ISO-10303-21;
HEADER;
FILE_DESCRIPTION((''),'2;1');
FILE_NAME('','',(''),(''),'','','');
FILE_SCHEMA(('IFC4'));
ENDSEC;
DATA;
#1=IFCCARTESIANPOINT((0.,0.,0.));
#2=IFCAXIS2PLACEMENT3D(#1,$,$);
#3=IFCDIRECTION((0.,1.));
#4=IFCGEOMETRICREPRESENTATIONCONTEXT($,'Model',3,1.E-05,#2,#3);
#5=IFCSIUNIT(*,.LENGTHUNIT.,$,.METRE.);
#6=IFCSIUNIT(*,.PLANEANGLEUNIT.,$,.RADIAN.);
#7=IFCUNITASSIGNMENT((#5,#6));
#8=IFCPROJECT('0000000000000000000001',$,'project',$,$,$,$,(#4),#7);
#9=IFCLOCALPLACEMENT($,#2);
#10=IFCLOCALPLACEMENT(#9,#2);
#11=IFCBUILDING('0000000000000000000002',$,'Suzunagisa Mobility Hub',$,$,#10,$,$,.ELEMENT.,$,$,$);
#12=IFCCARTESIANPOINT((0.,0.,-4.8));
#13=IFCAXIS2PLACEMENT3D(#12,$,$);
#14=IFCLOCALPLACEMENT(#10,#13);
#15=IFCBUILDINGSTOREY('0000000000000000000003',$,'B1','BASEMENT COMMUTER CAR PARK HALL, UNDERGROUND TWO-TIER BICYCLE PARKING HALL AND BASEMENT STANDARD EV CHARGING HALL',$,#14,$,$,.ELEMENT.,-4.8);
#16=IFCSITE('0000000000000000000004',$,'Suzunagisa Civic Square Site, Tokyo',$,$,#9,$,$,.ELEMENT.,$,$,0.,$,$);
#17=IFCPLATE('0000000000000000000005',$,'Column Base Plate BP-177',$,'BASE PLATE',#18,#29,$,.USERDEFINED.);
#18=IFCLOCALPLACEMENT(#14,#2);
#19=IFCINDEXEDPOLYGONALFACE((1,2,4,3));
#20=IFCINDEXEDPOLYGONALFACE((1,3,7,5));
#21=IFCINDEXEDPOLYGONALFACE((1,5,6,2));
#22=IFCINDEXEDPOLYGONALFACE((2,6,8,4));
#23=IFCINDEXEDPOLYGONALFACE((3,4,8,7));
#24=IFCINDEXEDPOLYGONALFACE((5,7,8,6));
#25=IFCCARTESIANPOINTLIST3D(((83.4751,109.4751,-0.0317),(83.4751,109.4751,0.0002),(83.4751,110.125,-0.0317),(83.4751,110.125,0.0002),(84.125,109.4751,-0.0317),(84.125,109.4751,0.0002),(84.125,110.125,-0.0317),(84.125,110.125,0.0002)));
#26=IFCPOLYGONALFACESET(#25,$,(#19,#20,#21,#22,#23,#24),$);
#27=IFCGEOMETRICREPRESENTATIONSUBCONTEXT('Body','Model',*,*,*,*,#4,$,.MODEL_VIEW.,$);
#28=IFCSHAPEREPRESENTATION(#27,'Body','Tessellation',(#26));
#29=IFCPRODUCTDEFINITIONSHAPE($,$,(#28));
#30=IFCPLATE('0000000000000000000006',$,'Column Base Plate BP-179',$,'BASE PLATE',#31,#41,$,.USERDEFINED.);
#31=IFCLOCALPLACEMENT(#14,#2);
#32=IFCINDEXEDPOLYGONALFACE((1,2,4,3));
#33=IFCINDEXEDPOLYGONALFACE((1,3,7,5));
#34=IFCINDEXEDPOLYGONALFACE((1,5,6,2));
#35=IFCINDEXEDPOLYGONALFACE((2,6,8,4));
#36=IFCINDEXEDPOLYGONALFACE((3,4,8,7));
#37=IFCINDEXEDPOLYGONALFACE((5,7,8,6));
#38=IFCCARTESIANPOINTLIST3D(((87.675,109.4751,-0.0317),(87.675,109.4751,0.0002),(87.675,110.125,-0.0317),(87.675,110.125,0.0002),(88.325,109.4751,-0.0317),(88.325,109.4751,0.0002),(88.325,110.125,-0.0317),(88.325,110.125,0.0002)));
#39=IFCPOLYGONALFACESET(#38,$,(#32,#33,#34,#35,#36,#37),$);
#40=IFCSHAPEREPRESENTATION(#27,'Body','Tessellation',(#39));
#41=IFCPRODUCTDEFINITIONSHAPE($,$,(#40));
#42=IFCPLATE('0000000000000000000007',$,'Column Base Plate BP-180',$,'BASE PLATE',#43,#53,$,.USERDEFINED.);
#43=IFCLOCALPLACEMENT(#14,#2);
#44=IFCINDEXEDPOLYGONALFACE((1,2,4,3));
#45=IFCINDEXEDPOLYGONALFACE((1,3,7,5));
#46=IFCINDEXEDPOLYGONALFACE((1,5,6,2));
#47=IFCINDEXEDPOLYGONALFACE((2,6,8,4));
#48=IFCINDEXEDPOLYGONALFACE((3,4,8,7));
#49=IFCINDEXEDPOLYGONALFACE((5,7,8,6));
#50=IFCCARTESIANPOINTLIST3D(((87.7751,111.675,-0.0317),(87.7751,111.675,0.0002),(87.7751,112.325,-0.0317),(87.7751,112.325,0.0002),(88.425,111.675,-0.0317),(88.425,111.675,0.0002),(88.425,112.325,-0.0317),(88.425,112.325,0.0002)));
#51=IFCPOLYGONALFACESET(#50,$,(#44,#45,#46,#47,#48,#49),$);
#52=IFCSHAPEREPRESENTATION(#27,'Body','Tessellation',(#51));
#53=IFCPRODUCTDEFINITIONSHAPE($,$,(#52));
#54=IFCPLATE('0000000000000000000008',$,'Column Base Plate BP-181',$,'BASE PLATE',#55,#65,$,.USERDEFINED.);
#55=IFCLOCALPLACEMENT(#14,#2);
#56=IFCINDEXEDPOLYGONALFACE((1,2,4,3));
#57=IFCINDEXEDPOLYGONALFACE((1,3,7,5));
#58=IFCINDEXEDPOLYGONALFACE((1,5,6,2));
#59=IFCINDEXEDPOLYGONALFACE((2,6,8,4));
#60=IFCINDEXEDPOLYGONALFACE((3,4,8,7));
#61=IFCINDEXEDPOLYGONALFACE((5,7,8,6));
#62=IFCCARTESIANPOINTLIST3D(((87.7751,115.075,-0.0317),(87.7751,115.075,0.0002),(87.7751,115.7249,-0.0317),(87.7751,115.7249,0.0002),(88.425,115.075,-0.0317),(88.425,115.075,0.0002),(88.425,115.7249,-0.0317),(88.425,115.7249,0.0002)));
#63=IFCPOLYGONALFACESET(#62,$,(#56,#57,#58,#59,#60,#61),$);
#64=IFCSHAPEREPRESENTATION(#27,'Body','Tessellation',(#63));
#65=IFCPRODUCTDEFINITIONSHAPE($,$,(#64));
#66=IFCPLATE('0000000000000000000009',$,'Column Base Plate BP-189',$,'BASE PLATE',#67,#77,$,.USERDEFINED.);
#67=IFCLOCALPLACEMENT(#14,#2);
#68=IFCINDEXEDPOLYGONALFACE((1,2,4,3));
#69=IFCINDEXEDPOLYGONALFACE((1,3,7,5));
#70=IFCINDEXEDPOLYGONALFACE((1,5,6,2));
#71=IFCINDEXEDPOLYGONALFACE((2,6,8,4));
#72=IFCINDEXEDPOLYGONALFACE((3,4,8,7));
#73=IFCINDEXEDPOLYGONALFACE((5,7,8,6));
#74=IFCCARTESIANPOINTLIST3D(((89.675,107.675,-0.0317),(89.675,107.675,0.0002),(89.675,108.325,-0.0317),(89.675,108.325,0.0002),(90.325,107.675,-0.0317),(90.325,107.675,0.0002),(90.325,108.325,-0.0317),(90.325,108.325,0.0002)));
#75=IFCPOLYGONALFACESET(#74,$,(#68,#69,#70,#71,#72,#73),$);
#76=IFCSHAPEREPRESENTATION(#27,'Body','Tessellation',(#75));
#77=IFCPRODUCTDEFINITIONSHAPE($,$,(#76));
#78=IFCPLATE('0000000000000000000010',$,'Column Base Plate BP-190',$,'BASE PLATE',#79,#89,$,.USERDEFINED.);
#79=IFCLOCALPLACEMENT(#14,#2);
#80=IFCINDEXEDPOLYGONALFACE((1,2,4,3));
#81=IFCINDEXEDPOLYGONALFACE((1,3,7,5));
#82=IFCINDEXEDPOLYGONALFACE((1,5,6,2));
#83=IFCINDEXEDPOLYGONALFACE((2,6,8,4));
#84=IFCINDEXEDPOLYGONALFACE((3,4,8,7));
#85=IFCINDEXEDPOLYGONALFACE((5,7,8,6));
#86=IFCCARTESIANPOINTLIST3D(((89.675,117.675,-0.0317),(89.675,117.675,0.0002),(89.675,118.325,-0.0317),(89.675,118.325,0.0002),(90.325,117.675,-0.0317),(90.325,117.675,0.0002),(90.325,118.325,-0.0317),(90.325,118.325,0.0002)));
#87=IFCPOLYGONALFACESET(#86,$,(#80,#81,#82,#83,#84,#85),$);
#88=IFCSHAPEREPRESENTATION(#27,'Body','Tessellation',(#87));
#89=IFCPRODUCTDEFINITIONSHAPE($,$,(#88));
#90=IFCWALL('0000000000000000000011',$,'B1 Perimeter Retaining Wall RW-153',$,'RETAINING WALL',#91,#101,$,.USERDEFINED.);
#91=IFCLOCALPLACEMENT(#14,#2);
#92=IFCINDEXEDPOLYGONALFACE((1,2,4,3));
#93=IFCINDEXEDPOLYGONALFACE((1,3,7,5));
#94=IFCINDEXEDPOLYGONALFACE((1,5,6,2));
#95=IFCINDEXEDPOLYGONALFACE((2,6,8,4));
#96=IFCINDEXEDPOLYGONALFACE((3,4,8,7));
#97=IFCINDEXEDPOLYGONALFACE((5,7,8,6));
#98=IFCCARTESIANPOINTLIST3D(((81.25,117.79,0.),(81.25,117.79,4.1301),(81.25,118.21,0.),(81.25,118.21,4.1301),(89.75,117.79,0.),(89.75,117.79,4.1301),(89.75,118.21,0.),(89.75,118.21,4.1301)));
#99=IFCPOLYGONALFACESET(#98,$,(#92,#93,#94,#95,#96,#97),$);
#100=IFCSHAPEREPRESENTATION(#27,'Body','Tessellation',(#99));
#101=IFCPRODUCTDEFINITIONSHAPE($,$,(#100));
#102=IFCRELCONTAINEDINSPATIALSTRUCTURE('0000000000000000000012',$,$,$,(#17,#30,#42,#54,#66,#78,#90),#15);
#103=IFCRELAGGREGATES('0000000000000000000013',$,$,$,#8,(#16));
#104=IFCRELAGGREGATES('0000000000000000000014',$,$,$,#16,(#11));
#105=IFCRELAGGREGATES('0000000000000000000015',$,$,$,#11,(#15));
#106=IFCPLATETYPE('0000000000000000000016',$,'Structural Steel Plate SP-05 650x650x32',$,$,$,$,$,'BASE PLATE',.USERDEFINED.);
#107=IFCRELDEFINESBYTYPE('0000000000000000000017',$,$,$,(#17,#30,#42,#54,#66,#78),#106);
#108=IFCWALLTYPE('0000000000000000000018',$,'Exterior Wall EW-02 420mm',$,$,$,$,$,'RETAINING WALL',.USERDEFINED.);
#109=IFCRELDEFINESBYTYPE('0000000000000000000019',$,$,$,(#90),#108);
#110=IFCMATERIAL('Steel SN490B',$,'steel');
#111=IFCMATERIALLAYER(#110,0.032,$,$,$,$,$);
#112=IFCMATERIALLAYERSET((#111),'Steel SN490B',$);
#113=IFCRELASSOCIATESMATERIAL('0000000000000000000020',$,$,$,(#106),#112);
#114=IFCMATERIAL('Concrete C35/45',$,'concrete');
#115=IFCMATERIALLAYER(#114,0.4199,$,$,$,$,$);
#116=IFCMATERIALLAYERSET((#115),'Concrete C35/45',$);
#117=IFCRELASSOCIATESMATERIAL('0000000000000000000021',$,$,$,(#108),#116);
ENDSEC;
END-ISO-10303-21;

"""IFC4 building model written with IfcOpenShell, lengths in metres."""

from ifc_helpers import new_model, si_unit, direction, frame, frame_2d, origin, origin_2d, place, context, subcontext, project, spatial, rectangle, extrude, material, layer, layer_set, type_object, element, save


model = new_model("IFC4")

# Units and contexts
model_context = context("Model", 3, precision=1e-05, world=origin(), true_north=direction((0.0, 1.0)))
body_context = subcontext(model_context, "Body", "Model", "MODEL_VIEW")
ifc_project = project(units=[si_unit("LENGTHUNIT", "METRE"), si_unit("PLANEANGLEUNIT", "RADIAN")], contexts=[model_context])

# Site, building, storey
site_placement = place(None, origin())
site = spatial("IfcSite", under=ifc_project, at=site_placement, Name="Suzunagisa Civic Square Site, Tokyo", CompositionType="ELEMENT", RefElevation=0.0)
building_placement = place(site_placement, origin())
building = spatial("IfcBuilding", under=site, at=building_placement, Name="Suzunagisa Mobility Hub", CompositionType="ELEMENT")
storey_placement = place(building_placement, frame((0.0, 0.0, -4.8)))
storey = spatial("IfcBuildingStorey", under=building, at=storey_placement, Name="B1", Description="BASEMENT COMMUTER CAR PARK HALL, UNDERGROUND TWO-TIER BICYCLE PARKING HALL AND BASEMENT STANDARD EV CHARGING HALL", CompositionType="ELEMENT", Elevation=-4.8)

# Shared definitions
ifc_material_1 = material(Name="Steel SN490B", Category="steel")

# Plates
ifc_layer_1 = layer(ifc_material_1, 0.032)
ifc_layer_set_1 = layer_set([ifc_layer_1], Name="Steel SN490B")
plate_type = type_object("IfcPlateType", Name="Structural Steel Plate SP-05 650x650x32", ElementType="BASE PLATE", PredefinedType="USERDEFINED", material=ifc_layer_set_1)
for number, where, z_axis, x_axis, name in (
    (1, (83.8, 109.8, -0.0317), (0.0, 0.0, 1.0), (1.0, 0.0, 0.0), "Column Base Plate BP-177"),
    (2, (88.0, 109.8, -0.0317), (0.0, 0.0, 1.0), (1.0, 0.0, 0.0), "Column Base Plate BP-179"),
    (3, (88.1001, 112.0, -0.0317), (0.0, 0.0, 1.0), (1.0, 0.0, 0.0), "Column Base Plate BP-180"),
    (4, (88.1001, 115.3999, -0.0317), (0.0, 0.0, 1.0), (1.0, 0.0, 0.0), "Column Base Plate BP-181"),
    (5, (90.0, 108.0, -0.0317), (0.0, 0.0, 1.0), (1.0, 0.0, 0.0), "Column Base Plate BP-189"),
    (6, (90.0, 118.0, -0.0317), (0.0, 0.0, 1.0), (1.0, 0.0, 0.0), "Column Base Plate BP-190"),
):
    element("IfcPlate", number, at=place(storey_placement, frame(where, z_axis=z_axis, x_axis=x_axis)), inside=storey, type_object=plate_type, Name=name, ObjectType="BASE PLATE", PredefinedType="USERDEFINED", context=body_context, shape_type="SweptSolid", body=[
        extrude(rectangle(XDim=0.6499, YDim=0.6499, at=origin_2d()), origin(), (0.0, 0.0, 1.0), 0.032),
    ])

# Wall
ifc_material_2 = material(Name="Concrete C35/45", Category="concrete")
ifc_layer_2 = layer(ifc_material_2, 0.4199)
ifc_layer_set_2 = layer_set([ifc_layer_2], Name="Concrete C35/45")
wall_type = type_object("IfcWallType", Name="Exterior Wall EW-02 420mm", ElementType="RETAINING WALL", PredefinedType="USERDEFINED", material=ifc_layer_set_2)
wall_placement = place(storey_placement, frame((89.75, 118.0, 0.0), z_axis=(0.0, 0.0, 1.0), x_axis=(-1.0, 0.0, 0.0)))
element("IfcWall", 7, at=wall_placement, inside=storey, type_object=wall_type, Name="B1 Perimeter Retaining Wall RW-153", ObjectType="RETAINING WALL", PredefinedType="USERDEFINED", context=body_context, shape_type="SweptSolid", body=[
    extrude(rectangle(XDim=8.5, YDim=0.4199, at=frame_2d((4.25, 0.0))), origin(), (0.0, 0.0, 1.0), 4.1301),
])

save(model, "model.ifc")
